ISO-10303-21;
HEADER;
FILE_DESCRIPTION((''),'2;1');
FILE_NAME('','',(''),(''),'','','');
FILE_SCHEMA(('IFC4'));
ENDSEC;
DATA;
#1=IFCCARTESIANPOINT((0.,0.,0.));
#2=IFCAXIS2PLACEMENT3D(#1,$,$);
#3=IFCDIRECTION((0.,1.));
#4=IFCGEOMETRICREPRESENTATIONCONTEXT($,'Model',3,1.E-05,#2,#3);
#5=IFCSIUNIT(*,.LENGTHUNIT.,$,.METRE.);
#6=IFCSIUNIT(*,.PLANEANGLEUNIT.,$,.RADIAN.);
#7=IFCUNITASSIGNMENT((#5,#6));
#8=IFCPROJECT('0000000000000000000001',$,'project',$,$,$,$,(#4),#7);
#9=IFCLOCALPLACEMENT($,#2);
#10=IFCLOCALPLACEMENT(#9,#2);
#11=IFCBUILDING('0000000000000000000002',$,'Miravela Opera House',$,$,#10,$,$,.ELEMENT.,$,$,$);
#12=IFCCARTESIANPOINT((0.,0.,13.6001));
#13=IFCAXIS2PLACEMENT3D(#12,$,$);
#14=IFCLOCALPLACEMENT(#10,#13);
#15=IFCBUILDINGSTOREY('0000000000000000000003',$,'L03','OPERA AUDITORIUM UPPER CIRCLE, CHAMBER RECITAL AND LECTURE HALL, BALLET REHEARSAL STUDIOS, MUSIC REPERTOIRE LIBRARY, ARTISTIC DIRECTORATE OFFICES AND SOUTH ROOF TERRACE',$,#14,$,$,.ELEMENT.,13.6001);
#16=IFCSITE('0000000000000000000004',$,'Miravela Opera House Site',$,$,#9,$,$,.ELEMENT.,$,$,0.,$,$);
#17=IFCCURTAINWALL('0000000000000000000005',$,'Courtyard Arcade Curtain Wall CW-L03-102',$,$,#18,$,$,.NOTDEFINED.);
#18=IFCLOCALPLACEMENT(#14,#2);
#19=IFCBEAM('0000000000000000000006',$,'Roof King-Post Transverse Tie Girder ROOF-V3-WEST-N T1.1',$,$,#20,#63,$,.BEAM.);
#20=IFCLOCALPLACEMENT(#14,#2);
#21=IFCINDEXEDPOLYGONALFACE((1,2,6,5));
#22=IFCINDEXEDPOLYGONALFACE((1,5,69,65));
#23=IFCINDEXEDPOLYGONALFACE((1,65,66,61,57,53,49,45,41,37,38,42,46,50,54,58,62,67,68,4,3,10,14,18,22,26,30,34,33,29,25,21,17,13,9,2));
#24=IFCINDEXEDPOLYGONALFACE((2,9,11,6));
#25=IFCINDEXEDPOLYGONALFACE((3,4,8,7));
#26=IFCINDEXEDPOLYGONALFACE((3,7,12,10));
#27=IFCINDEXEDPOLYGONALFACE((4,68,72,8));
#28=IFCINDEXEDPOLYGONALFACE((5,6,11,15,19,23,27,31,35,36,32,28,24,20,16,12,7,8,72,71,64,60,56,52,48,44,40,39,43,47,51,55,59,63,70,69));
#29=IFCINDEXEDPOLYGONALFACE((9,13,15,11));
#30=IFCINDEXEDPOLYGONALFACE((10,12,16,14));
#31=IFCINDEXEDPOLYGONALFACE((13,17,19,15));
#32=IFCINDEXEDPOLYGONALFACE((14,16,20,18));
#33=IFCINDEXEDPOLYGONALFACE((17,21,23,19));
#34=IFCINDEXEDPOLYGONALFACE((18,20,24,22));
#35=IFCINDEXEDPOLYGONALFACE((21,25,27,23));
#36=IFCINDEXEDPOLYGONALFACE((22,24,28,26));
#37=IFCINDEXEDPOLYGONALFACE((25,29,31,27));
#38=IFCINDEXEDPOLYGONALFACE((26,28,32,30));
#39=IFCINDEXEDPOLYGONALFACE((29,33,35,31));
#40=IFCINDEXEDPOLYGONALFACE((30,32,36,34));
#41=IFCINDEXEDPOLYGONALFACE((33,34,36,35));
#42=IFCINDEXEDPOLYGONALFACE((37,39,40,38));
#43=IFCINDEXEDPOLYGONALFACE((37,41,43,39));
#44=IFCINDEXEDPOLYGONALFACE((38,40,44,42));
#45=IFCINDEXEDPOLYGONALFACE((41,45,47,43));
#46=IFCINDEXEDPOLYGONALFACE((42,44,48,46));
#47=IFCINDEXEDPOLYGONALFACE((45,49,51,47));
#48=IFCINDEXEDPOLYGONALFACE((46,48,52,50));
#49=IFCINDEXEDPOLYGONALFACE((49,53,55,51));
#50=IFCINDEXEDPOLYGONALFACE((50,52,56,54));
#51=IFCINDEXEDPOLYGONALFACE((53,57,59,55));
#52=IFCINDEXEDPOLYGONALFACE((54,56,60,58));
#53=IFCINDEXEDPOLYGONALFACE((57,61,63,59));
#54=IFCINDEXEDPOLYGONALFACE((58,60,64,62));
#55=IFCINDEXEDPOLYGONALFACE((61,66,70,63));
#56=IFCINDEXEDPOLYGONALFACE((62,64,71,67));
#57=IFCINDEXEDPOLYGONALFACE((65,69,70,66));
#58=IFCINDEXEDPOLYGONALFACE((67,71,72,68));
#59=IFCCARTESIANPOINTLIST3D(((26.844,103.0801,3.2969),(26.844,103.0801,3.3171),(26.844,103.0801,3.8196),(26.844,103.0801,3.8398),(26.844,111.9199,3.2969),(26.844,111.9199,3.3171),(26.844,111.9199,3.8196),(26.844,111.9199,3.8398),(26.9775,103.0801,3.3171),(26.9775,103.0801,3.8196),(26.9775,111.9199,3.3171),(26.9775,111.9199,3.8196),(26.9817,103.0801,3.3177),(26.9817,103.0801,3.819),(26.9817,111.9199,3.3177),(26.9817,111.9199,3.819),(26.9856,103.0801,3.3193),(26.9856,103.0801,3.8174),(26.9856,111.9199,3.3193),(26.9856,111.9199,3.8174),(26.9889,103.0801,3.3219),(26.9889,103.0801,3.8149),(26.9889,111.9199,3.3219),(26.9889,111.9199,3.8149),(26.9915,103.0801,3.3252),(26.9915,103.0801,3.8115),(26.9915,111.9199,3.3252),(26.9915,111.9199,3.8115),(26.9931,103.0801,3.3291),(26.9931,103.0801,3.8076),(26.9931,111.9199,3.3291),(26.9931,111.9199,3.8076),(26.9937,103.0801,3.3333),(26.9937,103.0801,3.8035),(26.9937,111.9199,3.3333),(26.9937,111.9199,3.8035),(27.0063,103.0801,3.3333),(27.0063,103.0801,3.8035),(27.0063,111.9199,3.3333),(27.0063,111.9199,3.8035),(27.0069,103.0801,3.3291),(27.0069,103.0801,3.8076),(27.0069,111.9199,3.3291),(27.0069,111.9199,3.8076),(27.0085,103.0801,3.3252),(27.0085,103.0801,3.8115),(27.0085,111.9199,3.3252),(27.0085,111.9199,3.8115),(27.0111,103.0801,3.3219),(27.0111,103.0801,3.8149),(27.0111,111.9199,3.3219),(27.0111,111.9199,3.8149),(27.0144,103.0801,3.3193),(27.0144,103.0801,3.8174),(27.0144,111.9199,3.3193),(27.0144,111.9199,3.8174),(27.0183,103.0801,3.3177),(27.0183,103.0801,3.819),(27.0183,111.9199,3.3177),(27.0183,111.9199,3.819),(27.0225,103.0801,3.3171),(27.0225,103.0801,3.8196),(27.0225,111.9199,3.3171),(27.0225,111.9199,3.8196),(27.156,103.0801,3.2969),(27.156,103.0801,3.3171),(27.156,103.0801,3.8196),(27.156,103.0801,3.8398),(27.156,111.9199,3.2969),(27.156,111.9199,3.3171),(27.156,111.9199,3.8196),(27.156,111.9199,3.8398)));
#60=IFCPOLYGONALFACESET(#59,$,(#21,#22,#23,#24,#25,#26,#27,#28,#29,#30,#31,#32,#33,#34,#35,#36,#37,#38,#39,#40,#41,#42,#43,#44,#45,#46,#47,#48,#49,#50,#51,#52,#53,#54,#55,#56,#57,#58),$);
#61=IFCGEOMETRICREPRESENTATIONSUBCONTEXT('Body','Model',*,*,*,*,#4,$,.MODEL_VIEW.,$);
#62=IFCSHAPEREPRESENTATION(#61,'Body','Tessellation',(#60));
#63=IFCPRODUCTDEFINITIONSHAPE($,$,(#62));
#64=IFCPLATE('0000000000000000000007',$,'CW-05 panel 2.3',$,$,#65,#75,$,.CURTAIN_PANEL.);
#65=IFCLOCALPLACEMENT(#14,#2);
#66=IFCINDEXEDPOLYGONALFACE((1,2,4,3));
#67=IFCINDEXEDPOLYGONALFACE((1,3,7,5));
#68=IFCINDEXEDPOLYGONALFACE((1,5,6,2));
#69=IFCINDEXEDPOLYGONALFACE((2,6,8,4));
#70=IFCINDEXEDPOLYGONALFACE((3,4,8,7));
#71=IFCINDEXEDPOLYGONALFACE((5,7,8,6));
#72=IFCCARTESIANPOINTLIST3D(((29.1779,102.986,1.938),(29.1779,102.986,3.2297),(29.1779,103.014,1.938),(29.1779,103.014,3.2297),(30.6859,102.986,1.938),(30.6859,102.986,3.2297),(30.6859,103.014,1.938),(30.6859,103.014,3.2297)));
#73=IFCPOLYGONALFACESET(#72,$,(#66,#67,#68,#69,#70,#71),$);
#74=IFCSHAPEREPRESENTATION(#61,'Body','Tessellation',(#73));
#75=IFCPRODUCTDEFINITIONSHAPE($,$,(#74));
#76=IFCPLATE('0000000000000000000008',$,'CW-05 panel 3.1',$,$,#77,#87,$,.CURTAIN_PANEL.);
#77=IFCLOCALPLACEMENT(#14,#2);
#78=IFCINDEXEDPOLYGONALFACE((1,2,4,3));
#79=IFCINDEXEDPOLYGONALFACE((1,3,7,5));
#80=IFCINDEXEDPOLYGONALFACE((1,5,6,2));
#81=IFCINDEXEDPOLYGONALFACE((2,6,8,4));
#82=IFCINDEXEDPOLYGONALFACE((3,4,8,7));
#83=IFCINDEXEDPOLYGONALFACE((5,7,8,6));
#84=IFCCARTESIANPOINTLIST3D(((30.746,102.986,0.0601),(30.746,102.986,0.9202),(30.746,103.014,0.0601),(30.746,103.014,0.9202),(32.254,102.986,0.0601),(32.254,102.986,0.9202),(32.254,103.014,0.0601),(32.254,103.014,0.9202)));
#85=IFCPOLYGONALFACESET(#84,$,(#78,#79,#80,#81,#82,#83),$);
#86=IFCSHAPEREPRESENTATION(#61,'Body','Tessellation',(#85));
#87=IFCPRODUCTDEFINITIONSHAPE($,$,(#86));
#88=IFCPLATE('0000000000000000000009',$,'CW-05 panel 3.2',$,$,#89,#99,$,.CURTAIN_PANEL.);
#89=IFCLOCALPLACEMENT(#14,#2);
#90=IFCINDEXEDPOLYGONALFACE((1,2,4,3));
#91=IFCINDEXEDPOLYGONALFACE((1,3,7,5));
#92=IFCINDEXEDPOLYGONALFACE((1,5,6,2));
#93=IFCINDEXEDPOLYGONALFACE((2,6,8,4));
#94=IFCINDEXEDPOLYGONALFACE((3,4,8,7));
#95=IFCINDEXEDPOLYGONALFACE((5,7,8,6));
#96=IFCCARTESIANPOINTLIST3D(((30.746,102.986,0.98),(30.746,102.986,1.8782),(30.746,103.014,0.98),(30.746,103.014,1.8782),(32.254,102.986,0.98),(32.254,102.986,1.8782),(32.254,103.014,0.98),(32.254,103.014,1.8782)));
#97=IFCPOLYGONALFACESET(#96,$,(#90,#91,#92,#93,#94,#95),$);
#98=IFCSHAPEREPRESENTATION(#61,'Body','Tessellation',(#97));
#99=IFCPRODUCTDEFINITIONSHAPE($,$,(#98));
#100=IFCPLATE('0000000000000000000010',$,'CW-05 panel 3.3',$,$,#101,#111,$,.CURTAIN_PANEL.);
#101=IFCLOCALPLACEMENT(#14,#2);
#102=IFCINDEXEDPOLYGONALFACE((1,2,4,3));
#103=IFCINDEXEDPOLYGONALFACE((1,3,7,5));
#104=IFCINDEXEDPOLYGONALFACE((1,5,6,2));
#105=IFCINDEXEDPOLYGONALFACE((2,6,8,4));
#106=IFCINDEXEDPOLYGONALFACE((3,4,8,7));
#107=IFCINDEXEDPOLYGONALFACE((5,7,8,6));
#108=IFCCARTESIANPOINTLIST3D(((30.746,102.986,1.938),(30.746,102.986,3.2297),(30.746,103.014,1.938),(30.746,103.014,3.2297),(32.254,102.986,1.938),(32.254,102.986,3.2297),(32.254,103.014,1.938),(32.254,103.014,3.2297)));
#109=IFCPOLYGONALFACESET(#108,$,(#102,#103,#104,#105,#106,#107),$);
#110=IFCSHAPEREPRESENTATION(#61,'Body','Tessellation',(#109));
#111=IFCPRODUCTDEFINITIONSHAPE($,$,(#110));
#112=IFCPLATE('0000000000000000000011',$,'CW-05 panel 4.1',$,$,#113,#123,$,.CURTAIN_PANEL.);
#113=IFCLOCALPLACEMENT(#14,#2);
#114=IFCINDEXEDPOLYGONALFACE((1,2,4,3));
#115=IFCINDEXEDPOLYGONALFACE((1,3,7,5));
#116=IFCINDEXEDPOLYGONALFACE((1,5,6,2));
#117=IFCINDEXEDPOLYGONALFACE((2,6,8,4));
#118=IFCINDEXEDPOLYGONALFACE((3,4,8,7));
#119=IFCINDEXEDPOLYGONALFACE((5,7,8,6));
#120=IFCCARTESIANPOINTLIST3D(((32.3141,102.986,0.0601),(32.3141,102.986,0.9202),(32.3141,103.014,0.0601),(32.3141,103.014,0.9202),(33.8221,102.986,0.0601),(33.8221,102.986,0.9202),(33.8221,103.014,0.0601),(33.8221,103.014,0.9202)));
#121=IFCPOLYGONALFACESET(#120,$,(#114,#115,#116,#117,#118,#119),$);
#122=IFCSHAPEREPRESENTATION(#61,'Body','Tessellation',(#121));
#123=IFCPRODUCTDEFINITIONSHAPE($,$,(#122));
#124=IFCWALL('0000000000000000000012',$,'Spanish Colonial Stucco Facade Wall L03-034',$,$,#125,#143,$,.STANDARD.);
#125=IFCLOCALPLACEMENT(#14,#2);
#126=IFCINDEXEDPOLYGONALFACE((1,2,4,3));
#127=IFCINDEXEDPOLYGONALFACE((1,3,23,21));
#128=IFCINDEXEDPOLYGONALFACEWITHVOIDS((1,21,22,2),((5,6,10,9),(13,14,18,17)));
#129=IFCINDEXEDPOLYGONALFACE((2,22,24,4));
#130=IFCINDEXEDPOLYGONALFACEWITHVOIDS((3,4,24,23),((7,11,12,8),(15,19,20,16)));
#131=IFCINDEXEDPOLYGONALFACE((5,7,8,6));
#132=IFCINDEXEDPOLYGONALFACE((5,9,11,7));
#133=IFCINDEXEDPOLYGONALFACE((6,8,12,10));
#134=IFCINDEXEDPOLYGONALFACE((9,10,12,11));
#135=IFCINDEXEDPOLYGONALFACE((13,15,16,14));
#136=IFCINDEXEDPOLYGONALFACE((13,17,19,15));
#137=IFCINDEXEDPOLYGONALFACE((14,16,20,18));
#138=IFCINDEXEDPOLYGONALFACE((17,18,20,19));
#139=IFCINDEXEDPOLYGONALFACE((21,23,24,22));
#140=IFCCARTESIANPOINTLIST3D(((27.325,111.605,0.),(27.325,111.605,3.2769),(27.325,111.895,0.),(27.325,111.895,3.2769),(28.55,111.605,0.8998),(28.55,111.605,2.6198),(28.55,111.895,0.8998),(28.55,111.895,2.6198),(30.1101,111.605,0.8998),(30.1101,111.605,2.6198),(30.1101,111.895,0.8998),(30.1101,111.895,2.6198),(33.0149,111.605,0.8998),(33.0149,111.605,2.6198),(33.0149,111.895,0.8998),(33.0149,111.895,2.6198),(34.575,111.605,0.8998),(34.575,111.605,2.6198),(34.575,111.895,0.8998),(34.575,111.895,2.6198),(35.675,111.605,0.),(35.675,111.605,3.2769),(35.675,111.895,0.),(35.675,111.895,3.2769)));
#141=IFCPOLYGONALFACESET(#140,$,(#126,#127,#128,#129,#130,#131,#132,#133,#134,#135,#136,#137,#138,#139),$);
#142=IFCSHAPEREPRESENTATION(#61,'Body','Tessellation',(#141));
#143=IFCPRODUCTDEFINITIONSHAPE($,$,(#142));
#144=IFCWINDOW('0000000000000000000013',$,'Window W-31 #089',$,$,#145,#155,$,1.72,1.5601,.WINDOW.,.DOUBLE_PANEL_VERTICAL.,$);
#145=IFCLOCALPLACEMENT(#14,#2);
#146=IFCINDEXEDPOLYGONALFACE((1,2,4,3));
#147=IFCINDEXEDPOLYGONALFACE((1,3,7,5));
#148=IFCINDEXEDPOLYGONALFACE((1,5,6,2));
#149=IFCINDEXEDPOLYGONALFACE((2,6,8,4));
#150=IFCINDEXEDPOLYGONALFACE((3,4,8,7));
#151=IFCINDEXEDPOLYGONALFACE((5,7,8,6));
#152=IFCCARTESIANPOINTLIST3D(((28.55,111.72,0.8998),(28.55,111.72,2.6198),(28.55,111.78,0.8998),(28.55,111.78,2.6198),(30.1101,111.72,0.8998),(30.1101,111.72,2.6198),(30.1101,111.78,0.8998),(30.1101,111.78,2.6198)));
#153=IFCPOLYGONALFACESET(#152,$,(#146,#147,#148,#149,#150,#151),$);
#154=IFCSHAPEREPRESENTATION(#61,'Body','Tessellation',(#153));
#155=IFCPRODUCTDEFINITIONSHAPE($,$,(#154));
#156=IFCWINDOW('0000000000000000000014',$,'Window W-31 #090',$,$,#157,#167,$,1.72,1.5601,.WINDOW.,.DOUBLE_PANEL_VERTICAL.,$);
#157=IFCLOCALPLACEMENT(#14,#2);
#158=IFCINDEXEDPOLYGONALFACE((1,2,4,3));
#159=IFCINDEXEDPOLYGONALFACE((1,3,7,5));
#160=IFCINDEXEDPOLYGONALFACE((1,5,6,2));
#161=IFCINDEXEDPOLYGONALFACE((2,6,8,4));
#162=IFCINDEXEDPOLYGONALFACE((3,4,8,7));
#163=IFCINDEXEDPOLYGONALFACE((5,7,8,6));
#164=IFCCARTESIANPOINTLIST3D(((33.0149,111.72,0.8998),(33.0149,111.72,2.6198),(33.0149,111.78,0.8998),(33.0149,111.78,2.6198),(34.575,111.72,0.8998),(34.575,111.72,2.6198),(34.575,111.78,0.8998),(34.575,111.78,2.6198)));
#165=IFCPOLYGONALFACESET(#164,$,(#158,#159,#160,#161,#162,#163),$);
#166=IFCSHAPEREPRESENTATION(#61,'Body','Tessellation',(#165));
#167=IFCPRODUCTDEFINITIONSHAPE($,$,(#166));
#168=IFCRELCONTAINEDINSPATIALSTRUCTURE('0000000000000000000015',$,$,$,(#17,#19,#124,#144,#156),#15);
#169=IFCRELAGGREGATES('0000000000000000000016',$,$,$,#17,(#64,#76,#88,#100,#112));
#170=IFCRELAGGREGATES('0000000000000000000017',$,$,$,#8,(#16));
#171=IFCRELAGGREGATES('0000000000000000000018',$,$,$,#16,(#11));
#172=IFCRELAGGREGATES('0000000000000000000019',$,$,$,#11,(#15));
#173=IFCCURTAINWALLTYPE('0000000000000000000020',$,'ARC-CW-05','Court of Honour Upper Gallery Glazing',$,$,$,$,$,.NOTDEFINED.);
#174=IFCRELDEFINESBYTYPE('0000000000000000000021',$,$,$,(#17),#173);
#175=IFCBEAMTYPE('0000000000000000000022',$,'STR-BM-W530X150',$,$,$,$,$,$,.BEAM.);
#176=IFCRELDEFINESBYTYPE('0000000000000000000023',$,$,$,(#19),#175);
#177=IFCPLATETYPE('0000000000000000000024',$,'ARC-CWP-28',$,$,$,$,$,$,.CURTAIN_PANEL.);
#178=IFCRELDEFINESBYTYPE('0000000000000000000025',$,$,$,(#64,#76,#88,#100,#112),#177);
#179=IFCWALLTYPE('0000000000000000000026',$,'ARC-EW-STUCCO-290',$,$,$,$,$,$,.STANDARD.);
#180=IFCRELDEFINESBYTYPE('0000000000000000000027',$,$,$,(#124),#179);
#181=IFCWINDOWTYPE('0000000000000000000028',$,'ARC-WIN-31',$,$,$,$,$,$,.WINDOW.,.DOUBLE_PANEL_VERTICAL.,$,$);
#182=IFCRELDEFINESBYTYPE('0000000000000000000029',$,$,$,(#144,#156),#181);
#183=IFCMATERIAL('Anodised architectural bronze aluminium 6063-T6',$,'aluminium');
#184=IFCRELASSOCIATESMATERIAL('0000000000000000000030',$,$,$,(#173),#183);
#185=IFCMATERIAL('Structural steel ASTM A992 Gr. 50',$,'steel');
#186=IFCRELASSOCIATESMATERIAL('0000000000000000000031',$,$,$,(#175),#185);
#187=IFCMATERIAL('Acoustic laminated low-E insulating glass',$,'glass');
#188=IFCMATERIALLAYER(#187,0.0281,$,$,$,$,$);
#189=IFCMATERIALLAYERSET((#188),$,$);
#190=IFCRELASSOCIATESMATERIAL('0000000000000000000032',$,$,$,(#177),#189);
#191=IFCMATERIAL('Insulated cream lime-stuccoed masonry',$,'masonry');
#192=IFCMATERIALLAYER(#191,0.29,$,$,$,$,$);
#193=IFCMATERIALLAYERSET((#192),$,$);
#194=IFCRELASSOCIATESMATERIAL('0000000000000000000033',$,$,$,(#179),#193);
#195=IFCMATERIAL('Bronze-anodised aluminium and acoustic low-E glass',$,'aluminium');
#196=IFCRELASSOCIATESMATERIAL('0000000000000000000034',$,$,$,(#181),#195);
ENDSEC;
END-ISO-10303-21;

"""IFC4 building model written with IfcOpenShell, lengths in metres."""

from ifc_helpers import new_model, si_unit, direction, frame, frame_2d, origin, origin_2d, place, context, subcontext, project, spatial, rectangle, i_section, extrude, material, layer, layer_set, material_profile, profile_set, type_object, element, fill, aggregate, save


model = new_model("IFC4")

# Units and contexts
model_context = context("Model", 3, precision=1e-05, world=origin(), true_north=direction((0.0, 1.0)))
body_context = subcontext(model_context, "Body", "Model", "MODEL_VIEW")
ifc_project = project(units=[si_unit("LENGTHUNIT", "METRE"), si_unit("PLANEANGLEUNIT", "RADIAN")], contexts=[model_context])

# Site, building, storey
site_placement = place(None, origin())
site = spatial("IfcSite", under=ifc_project, at=site_placement, Name="Miravela Opera House Site", CompositionType="ELEMENT", RefElevation=0.0)
building_placement = place(site_placement, origin())
building = spatial("IfcBuilding", under=site, at=building_placement, Name="Miravela Opera House", CompositionType="ELEMENT")
storey_placement = place(building_placement, frame((0.0, 0.0, 13.6001)))
storey = spatial("IfcBuildingStorey", under=building, at=storey_placement, Name="L03", Description="OPERA AUDITORIUM UPPER CIRCLE, CHAMBER RECITAL AND LECTURE HALL, BALLET REHEARSAL STUDIOS, MUSIC REPERTOIRE LIBRARY, ARTISTIC DIRECTORATE OFFICES AND SOUTH ROOF TERRACE", CompositionType="ELEMENT", Elevation=13.6001)

# Curtain wall
ifc_material_1 = material(Name="Anodised architectural bronze aluminium 6063-T6", Category="aluminium")
curtain_wall_type = type_object("IfcCurtainWallType", Name="ARC-CW-05", Description="Court of Honour Upper Gallery Glazing", PredefinedType="NOTDEFINED", material=ifc_material_1)
curtain_wall_placement = place(storey_placement, origin())
curtain_wall = element("IfcCurtainWall", 1, at=curtain_wall_placement, inside=storey, type_object=curtain_wall_type, Name="Courtyard Arcade Curtain Wall CW-L03-102", PredefinedType="NOTDEFINED")

# Beam
ifc_material_2 = material(Name="Structural steel ASTM A992 Gr. 50", Category="steel")
ifc_material_profile_1 = material_profile(ifc_material_2, i_section(OverallWidth=0.312, OverallDepth=0.543, WebThickness=0.0127, FlangeThickness=0.0203, FilletRadius=0.0161, at=origin_2d()), Name="W530X150")
ifc_profile_set_1 = profile_set([ifc_material_profile_1])
beam_type = type_object("IfcBeamType", Name="STR-BM-W530X150", PredefinedType="BEAM", material=ifc_profile_set_1)
for number, where, z_axis, x_axis, name in (
    (2, (27.0, 103.0801, 3.5684), (0.0, 1.0, 0.0), (-1.0, 0.0, 0.0), "Roof King-Post Transverse Tie Girder ROOF-V3-WEST-N T1.1"),
):
    element("IfcBeam", number, at=place(storey_placement, frame(where, z_axis=z_axis, x_axis=x_axis)), inside=storey, type_object=beam_type, Name=name, PredefinedType="BEAM", context=body_context, shape_type="SweptSolid", body=[
        extrude(i_section(OverallWidth=0.312, OverallDepth=0.543, WebThickness=0.0127, FlangeThickness=0.0203, FilletRadius=0.0161, at=origin_2d()), origin(), (0.0, 0.0, 1.0), 8.8398),
    ])

# Plates
ifc_material_3 = material(Name="Acoustic laminated low-E insulating glass", Category="glass")
ifc_layer_1 = layer(ifc_material_3, 0.0281)
ifc_layer_set_1 = layer_set([ifc_layer_1])
plate_type = type_object("IfcPlateType", Name="ARC-CWP-28", PredefinedType="CURTAIN_PANEL", material=ifc_layer_set_1)
plate_1_placement = place(storey_placement, frame((29.9319, 103.0, 1.938), z_axis=(0.0, 0.0, 1.0), x_axis=(1.0, 0.0, 0.0)))
plate_1 = element("IfcPlate", 3, at=plate_1_placement, type_object=plate_type, Name="CW-05 panel 2.3", PredefinedType="CURTAIN_PANEL", context=body_context, shape_type="SweptSolid", body=[
    extrude(rectangle(XDim=1.5081, YDim=0.0281, at=origin_2d()), origin(), (0.0, 0.0, 1.0), 1.2917),
])
plate_2_placement = place(storey_placement, frame((31.5, 103.0, 0.0601), z_axis=(0.0, 0.0, 1.0), x_axis=(1.0, 0.0, 0.0)))
plate_2 = element("IfcPlate", 4, at=plate_2_placement, type_object=plate_type, Name="CW-05 panel 3.1", PredefinedType="CURTAIN_PANEL", context=body_context, shape_type="SweptSolid", body=[
    extrude(rectangle(XDim=1.5081, YDim=0.0281, at=origin_2d()), origin(), (0.0, 0.0, 1.0), 0.8601),
])
plate_3_placement = place(storey_placement, frame((31.5, 103.0, 0.98), z_axis=(0.0, 0.0, 1.0), x_axis=(1.0, 0.0, 0.0)))
plate_3 = element("IfcPlate", 5, at=plate_3_placement, type_object=plate_type, Name="CW-05 panel 3.2", PredefinedType="CURTAIN_PANEL", context=body_context, shape_type="SweptSolid", body=[
    extrude(rectangle(XDim=1.5081, YDim=0.0281, at=origin_2d()), origin(), (0.0, 0.0, 1.0), 0.8982),
])
plate_4_placement = place(storey_placement, frame((31.5, 103.0, 1.938), z_axis=(0.0, 0.0, 1.0), x_axis=(1.0, 0.0, 0.0)))
plate_4 = element("IfcPlate", 6, at=plate_4_placement, type_object=plate_type, Name="CW-05 panel 3.3", PredefinedType="CURTAIN_PANEL", context=body_context, shape_type="SweptSolid", body=[
    extrude(rectangle(XDim=1.5081, YDim=0.0281, at=origin_2d()), origin(), (0.0, 0.0, 1.0), 1.2917),
])
plate_5_placement = place(storey_placement, frame((33.0681, 103.0, 0.0601), z_axis=(0.0, 0.0, 1.0), x_axis=(1.0, 0.0, 0.0)))
plate_5 = element("IfcPlate", 7, at=plate_5_placement, type_object=plate_type, Name="CW-05 panel 4.1", PredefinedType="CURTAIN_PANEL", context=body_context, shape_type="SweptSolid", body=[
    extrude(rectangle(XDim=1.5081, YDim=0.0281, at=origin_2d()), origin(), (0.0, 0.0, 1.0), 0.8601),
])
aggregate(curtain_wall, [plate_1, plate_2, plate_3, plate_4, plate_5])

# Wall, openings, windows
ifc_material_4 = material(Name="Insulated cream lime-stuccoed masonry", Category="masonry")
ifc_layer_2 = layer(ifc_material_4, 0.29)
ifc_layer_set_2 = layer_set([ifc_layer_2])
wall_type = type_object("IfcWallType", Name="ARC-EW-STUCCO-290", PredefinedType="STANDARD", material=ifc_layer_set_2)
wall_placement = place(storey_placement, frame((27.325, 111.75, 0.0), z_axis=(0.0, 0.0, 1.0), x_axis=(1.0, 0.0, 0.0)))
wall = element("IfcWall", 8, at=wall_placement, inside=storey, type_object=wall_type, Name="Spanish Colonial Stucco Facade Wall L03-034", PredefinedType="STANDARD", context=body_context, shape_type="SweptSolid", body=[
    extrude(rectangle(XDim=8.3501, YDim=0.29, at=frame_2d((4.175, 0.0))), origin(), (0.0, 0.0, 1.0), 3.2769),
])
opening_1_placement = place(wall_placement, frame((1.2251, 0.0, 0.8999)))
opening_1 = element("IfcOpeningElement", 9, at=opening_1_placement, cuts=wall, PredefinedType="OPENING", context=body_context, shape_type="SweptSolid", body=[
    extrude(rectangle(XDim=1.5601, YDim=1.72, at=frame_2d((0.78, 0.8599))), frame((0.0, 0.155, 0.0), z_axis=(0.0, -1.0, 0.0), x_axis=(1.0, 0.0, 0.0)), (0.0, 0.0, 1.0), 0.3101),
])
opening_2_placement = place(wall_placement, frame((5.6899, 0.0, 0.8999)))
opening_2 = element("IfcOpeningElement", 10, at=opening_2_placement, cuts=wall, PredefinedType="OPENING", context=body_context, shape_type="SweptSolid", body=[
    extrude(rectangle(XDim=1.5601, YDim=1.72, at=frame_2d((0.78, 0.8599))), frame((0.0, 0.155, 0.0), z_axis=(0.0, -1.0, 0.0), x_axis=(1.0, 0.0, 0.0)), (0.0, 0.0, 1.0), 0.3101),
])
ifc_material_5 = material(Name="Bronze-anodised aluminium and acoustic low-E glass", Category="aluminium")
window_type = type_object("IfcWindowType", Name="ARC-WIN-31", PartitioningType="DOUBLE_PANEL_VERTICAL", PredefinedType="WINDOW", material=ifc_material_5)
window_1_placement = place(opening_1_placement, origin())
window_1 = element("IfcWindow", 11, at=window_1_placement, inside=storey, type_object=window_type, Name="Window W-31 #089", OverallHeight=1.72, OverallWidth=1.5601, PartitioningType="DOUBLE_PANEL_VERTICAL", PredefinedType="WINDOW", context=body_context, shape_type="SweptSolid", body=[
    extrude(rectangle(XDim=1.5601, YDim=1.72, at=frame_2d((0.78, 0.8599))), frame((0.0, 0.03, 0.0), z_axis=(0.0, -1.0, 0.0), x_axis=(1.0, 0.0, 0.0)), (0.0, 0.0, 1.0), 0.0601),
])
fill(opening_1, window_1)
window_2_placement = place(opening_2_placement, origin())
window_2 = element("IfcWindow", 12, at=window_2_placement, inside=storey, type_object=window_type, Name="Window W-31 #090", OverallHeight=1.72, OverallWidth=1.5601, PartitioningType="DOUBLE_PANEL_VERTICAL", PredefinedType="WINDOW", context=body_context, shape_type="SweptSolid", body=[
    extrude(rectangle(XDim=1.5601, YDim=1.72, at=frame_2d((0.78, 0.8599))), frame((0.0, 0.03, 0.0), z_axis=(0.0, -1.0, 0.0), x_axis=(1.0, 0.0, 0.0)), (0.0, 0.0, 1.0), 0.0601),
])
fill(opening_2, window_2)

save(model, "model.ifc")
